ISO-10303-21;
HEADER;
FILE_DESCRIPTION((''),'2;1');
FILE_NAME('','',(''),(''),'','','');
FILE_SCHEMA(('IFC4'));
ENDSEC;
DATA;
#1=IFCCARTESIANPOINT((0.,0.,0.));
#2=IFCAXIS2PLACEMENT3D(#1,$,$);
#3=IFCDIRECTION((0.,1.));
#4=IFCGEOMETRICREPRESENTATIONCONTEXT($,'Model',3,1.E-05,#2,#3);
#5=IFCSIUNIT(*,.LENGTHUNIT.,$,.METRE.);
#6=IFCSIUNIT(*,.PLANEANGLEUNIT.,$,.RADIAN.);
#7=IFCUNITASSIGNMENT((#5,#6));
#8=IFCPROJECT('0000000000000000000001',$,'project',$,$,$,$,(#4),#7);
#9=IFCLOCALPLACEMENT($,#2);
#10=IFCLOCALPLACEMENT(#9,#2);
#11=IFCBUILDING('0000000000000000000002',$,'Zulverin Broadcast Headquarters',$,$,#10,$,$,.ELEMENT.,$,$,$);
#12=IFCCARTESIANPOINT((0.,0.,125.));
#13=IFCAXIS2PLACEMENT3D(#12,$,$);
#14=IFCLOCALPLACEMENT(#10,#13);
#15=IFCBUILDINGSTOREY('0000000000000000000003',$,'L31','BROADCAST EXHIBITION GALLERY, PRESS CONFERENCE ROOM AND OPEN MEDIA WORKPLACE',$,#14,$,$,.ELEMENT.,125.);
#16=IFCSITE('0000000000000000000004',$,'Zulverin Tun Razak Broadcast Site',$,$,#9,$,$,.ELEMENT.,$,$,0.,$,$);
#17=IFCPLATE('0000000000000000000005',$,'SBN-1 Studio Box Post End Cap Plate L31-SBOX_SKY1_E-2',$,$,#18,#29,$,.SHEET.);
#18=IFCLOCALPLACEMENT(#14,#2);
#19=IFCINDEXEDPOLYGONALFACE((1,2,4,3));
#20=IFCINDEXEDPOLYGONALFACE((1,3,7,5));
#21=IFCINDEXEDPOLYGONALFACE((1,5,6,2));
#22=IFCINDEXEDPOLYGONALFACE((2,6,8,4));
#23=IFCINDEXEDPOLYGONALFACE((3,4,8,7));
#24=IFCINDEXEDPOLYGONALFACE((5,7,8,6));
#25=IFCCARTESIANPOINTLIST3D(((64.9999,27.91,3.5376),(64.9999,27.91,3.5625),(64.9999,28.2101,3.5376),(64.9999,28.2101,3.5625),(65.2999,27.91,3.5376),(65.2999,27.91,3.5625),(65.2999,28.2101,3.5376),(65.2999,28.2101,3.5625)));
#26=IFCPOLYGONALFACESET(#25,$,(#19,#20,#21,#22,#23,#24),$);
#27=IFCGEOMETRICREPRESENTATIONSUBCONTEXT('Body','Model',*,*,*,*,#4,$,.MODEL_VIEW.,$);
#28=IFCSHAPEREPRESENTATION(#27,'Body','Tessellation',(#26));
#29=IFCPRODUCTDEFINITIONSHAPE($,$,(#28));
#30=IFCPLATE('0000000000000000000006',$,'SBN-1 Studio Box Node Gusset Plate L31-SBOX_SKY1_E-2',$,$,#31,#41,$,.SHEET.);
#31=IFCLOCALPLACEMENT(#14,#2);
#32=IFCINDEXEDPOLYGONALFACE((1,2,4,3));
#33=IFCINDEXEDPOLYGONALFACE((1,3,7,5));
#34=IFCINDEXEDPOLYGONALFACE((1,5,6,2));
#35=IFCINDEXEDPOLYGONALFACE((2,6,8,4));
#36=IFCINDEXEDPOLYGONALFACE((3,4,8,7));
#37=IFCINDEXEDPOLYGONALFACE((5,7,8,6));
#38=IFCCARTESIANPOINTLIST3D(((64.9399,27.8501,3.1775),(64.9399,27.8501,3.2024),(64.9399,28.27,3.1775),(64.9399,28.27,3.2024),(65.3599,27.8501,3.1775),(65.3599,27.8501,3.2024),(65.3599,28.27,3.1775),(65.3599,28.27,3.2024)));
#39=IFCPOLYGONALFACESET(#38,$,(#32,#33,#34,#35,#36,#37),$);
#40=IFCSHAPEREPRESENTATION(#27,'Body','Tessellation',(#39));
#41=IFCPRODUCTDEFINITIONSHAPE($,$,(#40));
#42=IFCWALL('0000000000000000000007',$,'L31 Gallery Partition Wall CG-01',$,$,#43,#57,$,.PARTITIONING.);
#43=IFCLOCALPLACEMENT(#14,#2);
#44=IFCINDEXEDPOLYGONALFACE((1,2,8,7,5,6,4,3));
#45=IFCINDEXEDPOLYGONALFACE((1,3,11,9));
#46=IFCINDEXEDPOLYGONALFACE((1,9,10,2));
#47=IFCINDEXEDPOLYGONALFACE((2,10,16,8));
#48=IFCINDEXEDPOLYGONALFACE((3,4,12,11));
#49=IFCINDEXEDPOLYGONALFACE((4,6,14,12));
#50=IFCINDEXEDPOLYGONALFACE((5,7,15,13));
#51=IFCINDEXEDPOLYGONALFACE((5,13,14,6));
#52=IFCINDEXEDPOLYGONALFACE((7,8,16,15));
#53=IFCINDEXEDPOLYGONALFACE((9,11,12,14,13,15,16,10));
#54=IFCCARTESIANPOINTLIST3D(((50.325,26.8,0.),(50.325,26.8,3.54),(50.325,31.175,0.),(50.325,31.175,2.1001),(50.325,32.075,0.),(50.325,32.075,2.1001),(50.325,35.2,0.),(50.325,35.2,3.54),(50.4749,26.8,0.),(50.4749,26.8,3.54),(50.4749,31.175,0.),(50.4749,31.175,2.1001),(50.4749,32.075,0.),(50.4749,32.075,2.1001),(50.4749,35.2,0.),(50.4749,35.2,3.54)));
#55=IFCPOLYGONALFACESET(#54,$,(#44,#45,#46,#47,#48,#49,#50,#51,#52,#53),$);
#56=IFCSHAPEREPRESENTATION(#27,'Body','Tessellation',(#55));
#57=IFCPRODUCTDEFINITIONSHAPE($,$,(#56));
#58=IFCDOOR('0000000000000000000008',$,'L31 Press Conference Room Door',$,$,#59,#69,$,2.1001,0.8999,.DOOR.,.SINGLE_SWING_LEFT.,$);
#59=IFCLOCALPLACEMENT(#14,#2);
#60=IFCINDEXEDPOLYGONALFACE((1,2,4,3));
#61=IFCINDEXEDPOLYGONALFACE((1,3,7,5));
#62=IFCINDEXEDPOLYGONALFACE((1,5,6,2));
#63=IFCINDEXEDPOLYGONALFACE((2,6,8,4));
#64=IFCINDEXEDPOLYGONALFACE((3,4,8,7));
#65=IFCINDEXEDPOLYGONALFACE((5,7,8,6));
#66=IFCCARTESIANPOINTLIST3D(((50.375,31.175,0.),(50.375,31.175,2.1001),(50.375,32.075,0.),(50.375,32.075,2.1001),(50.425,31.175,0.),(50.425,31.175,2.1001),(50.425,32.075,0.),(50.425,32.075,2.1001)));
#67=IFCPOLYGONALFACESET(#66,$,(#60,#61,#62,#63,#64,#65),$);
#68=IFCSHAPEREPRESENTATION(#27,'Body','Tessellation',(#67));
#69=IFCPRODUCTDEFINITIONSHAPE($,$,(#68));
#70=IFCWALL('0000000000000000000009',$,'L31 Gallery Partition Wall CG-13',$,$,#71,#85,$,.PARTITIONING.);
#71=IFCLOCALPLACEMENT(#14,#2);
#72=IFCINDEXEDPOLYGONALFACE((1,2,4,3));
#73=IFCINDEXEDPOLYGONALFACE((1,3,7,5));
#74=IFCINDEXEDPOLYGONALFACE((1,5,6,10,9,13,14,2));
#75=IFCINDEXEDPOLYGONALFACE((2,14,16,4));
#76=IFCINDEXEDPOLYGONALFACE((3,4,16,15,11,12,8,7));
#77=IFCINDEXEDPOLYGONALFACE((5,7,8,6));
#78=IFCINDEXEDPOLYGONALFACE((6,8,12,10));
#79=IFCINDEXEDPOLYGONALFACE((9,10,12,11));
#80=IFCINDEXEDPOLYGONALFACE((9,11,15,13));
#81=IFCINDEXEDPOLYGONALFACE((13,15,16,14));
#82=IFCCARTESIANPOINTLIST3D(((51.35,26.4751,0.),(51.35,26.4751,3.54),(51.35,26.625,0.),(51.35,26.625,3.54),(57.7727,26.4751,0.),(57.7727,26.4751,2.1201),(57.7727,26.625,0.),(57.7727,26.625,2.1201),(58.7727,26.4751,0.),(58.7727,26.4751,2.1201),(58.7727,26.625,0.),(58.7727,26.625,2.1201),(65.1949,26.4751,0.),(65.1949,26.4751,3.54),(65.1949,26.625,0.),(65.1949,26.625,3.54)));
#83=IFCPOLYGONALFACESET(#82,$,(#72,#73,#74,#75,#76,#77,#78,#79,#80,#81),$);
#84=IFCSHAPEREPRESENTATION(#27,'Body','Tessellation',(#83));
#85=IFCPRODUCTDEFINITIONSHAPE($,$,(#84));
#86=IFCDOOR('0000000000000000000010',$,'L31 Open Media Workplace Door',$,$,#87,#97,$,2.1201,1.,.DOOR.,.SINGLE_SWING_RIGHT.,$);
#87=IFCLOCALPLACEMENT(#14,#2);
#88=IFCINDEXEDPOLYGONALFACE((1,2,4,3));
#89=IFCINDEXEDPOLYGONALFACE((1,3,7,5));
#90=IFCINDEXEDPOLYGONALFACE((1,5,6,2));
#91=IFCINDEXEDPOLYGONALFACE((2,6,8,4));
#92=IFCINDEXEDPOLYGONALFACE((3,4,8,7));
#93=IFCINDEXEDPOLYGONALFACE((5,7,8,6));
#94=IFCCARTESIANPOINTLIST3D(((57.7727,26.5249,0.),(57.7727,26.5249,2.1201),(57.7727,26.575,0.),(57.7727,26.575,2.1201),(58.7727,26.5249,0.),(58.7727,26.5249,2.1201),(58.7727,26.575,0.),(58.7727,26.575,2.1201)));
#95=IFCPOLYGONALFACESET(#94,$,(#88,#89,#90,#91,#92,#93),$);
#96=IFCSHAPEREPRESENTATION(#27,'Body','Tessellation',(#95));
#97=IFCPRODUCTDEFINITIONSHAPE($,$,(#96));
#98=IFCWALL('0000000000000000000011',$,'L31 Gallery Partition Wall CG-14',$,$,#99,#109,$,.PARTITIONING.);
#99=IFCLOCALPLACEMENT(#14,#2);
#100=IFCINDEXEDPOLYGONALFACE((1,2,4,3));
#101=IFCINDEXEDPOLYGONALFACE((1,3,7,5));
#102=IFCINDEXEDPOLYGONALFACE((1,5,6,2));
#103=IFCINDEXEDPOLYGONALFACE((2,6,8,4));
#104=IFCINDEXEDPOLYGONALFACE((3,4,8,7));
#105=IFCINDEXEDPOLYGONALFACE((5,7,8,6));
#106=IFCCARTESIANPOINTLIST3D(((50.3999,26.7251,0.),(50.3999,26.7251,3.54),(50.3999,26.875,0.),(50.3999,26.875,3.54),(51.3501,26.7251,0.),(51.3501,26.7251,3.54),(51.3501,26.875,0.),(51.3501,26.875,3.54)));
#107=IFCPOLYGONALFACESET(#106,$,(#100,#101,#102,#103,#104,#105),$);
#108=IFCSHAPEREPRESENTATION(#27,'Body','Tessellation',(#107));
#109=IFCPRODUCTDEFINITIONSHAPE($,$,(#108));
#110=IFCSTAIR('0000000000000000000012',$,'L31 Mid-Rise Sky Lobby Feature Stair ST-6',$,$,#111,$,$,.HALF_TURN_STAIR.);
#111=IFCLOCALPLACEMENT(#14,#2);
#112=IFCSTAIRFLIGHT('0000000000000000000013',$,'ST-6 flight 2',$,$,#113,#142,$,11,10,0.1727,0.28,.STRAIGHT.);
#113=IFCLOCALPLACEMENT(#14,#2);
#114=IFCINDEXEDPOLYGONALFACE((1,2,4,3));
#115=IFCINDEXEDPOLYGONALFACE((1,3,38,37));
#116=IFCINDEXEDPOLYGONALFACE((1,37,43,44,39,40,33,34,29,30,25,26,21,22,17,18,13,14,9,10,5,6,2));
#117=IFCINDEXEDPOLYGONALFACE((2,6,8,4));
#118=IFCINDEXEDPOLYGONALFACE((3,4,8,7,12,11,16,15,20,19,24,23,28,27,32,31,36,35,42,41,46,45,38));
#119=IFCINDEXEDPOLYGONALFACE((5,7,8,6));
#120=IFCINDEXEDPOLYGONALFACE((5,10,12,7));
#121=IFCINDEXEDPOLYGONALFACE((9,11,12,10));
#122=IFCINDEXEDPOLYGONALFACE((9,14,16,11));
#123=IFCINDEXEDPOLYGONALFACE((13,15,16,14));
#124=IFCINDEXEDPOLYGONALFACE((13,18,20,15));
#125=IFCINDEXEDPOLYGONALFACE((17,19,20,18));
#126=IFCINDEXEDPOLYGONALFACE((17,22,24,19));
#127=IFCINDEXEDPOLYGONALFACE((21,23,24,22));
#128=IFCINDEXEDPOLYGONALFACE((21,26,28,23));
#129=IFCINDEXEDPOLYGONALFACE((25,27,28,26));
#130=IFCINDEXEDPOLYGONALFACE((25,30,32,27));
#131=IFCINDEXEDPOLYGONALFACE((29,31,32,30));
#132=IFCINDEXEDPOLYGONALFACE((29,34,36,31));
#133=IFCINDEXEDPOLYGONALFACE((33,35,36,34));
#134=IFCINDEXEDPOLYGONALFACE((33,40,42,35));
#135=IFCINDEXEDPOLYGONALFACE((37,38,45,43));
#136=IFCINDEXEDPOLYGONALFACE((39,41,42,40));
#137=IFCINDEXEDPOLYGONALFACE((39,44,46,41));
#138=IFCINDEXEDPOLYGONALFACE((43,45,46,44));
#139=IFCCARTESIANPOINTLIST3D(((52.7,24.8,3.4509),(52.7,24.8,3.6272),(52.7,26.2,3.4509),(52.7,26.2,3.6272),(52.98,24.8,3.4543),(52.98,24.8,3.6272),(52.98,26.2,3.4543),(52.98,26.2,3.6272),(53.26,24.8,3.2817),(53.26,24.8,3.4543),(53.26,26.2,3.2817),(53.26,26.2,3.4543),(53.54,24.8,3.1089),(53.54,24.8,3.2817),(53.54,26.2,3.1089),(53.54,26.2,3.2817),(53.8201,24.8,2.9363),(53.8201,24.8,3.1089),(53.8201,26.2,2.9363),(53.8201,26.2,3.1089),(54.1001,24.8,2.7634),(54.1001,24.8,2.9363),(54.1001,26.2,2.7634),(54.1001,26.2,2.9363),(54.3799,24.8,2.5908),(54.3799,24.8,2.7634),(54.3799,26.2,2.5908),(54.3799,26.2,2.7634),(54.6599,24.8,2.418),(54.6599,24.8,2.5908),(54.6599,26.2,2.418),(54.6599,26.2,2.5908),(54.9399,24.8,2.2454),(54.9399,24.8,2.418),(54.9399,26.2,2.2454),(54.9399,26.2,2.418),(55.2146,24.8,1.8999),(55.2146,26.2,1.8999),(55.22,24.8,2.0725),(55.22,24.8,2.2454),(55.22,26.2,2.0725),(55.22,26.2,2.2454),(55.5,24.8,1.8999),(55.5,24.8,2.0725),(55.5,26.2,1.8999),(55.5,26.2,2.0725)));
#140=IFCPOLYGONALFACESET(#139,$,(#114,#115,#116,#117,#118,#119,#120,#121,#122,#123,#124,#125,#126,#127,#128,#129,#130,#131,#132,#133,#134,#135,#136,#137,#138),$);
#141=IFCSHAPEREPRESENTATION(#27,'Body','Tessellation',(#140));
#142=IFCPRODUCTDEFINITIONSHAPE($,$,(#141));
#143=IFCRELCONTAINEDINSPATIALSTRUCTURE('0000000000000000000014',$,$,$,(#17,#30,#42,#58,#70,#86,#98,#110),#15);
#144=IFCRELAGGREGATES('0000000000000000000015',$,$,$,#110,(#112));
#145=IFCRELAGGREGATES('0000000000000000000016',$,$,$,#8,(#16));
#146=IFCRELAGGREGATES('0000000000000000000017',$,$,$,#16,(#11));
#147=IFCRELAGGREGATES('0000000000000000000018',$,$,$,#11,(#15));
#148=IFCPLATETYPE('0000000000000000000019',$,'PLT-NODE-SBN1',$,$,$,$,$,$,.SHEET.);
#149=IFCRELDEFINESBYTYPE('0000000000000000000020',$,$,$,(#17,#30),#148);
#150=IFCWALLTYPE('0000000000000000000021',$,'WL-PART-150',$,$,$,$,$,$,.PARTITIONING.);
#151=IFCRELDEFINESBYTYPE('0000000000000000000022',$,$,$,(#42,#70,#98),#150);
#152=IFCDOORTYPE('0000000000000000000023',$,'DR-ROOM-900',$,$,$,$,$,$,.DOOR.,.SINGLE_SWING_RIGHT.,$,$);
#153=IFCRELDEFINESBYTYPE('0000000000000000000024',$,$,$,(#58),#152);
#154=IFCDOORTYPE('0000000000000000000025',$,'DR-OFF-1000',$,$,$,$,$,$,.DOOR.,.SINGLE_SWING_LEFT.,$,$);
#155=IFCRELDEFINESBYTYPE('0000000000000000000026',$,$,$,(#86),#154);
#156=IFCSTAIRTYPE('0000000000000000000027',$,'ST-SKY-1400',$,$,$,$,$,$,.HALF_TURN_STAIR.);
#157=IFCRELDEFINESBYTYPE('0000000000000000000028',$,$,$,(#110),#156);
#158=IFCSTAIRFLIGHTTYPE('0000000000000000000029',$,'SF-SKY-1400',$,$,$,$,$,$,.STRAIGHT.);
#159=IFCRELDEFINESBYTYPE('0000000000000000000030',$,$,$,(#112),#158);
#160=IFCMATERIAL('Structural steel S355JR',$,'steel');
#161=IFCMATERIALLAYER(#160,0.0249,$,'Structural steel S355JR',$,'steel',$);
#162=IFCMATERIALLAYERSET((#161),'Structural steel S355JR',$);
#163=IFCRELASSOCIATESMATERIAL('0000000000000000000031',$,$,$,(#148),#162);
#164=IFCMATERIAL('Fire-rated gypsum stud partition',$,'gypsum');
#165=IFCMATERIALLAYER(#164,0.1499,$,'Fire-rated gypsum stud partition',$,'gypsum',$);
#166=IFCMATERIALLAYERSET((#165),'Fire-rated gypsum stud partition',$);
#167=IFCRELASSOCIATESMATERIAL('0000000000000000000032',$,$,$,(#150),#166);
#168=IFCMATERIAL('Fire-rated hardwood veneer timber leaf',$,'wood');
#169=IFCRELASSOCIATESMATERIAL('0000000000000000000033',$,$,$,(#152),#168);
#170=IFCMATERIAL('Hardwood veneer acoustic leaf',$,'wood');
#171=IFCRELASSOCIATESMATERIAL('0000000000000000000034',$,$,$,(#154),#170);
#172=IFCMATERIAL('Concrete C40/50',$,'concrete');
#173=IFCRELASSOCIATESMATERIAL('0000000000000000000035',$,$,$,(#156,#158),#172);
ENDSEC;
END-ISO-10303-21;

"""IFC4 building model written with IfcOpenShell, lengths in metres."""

from ifc_helpers import new_model, si_unit, direction, frame, frame_2d, origin, origin_2d, place, context, subcontext, project, spatial, polyline, rectangle, outline, extrude, material, layer, layer_set, type_object, element, fill, aggregate, save


model = new_model("IFC4")

# Units and contexts
model_context = context("Model", 3, precision=1e-05, world=origin(), true_north=direction((0.0, 1.0)))
body_context = subcontext(model_context, "Body", "Model", "MODEL_VIEW")
ifc_project = project(units=[si_unit("LENGTHUNIT", "METRE"), si_unit("PLANEANGLEUNIT", "RADIAN")], contexts=[model_context])

# Site, building, storey
site_placement = place(None, origin())
site = spatial("IfcSite", under=ifc_project, at=site_placement, Name="Zulverin Tun Razak Broadcast Site", CompositionType="ELEMENT", RefElevation=0.0)
building_placement = place(site_placement, origin())
building = spatial("IfcBuilding", under=site, at=building_placement, Name="Zulverin Broadcast Headquarters", CompositionType="ELEMENT")
storey_placement = place(building_placement, frame((0.0, 0.0, 125.0)))
storey = spatial("IfcBuildingStorey", under=building, at=storey_placement, Name="L31", Description="BROADCAST EXHIBITION GALLERY, PRESS CONFERENCE ROOM AND OPEN MEDIA WORKPLACE", CompositionType="ELEMENT", Elevation=125.0)

# Shared definitions
ifc_material_1 = material(Name="Structural steel S355JR", Category="steel")

# Plates
ifc_layer_1 = layer(ifc_material_1, 0.0249, Name="Structural steel S355JR", Category="steel")
ifc_layer_set_1 = layer_set([ifc_layer_1], Name="Structural steel S355JR")
plate_type_1 = type_object("IfcPlateType", Name="PLT-NODE-SBN1", PredefinedType="SHEET", material=ifc_layer_set_1)
plate_1_placement = place(storey_placement, frame((65.1499, 28.0601, 3.5376), z_axis=(0.0, 0.0, 1.0), x_axis=(1.0, 0.0, 0.0)))
element("IfcPlate", 1, at=plate_1_placement, inside=storey, type_object=plate_type_1, Name="SBN-1 Studio Box Post End Cap Plate L31-SBOX_SKY1_E-2", PredefinedType="SHEET", context=body_context, shape_type="SweptSolid", body=[
    extrude(rectangle(XDim=0.3, YDim=0.3, at=origin_2d()), origin(), (0.0, 0.0, 1.0), 0.0249),
])
plate_2_placement = place(storey_placement, frame((65.1499, 28.0601, 3.1775), z_axis=(0.0, 0.0, 1.0), x_axis=(1.0, 0.0, 0.0)))
element("IfcPlate", 2, at=plate_2_placement, inside=storey, type_object=plate_type_1, Name="SBN-1 Studio Box Node Gusset Plate L31-SBOX_SKY1_E-2", PredefinedType="SHEET", context=body_context, shape_type="SweptSolid", body=[
    extrude(rectangle(XDim=0.4199, YDim=0.4199, at=origin_2d()), origin(), (0.0, 0.0, 1.0), 0.0249),
])

# Walls, openings, doors
ifc_material_2 = material(Name="Fire-rated gypsum stud partition", Category="gypsum")
ifc_layer_2 = layer(ifc_material_2, 0.1499, Name="Fire-rated gypsum stud partition", Category="gypsum")
ifc_layer_set_2 = layer_set([ifc_layer_2], Name="Fire-rated gypsum stud partition")
wall_type = type_object("IfcWallType", Name="WL-PART-150", PredefinedType="PARTITIONING", material=ifc_layer_set_2)
wall_1_placement = place(storey_placement, frame((50.3999, 26.8, 0.0), z_axis=(0.0, 0.0, 1.0), x_axis=(0.0, 1.0, 0.0)))
wall_1 = element("IfcWall", 3, at=wall_1_placement, inside=storey, type_object=wall_type, Name="L31 Gallery Partition Wall CG-01", PredefinedType="PARTITIONING", context=body_context, shape_type="SweptSolid", body=[
    extrude(rectangle(XDim=8.3999, YDim=0.1499, at=frame_2d((4.2, 0.0))), origin(), (0.0, 0.0, 1.0), 3.54),
])
opening_1_placement = place(wall_1_placement, frame((4.375, 0.0, 0.0)))
opening_1 = element("IfcOpeningElement", 4, at=opening_1_placement, cuts=wall_1, PredefinedType="OPENING", context=body_context, shape_type="SweptSolid", body=[
    extrude(rectangle(XDim=0.8999, YDim=2.1001, at=frame_2d((0.45, 1.05))), frame((0.0, 0.085, 0.0), z_axis=(0.0, -1.0, 0.0), x_axis=(1.0, 0.0, 0.0)), (0.0, 0.0, 1.0), 0.1699),
])
ifc_material_3 = material(Name="Fire-rated hardwood veneer timber leaf", Category="wood")
door_type_1 = type_object("IfcDoorType", Name="DR-ROOM-900", OperationType="SINGLE_SWING_RIGHT", PredefinedType="DOOR", material=ifc_material_3)
door_1_placement = place(opening_1_placement, origin())
door_1 = element("IfcDoor", 5, at=door_1_placement, inside=storey, type_object=door_type_1, Name="L31 Press Conference Room Door", OperationType="SINGLE_SWING_LEFT", OverallHeight=2.1001, OverallWidth=0.8999, PredefinedType="DOOR", context=body_context, shape_type="SweptSolid", body=[
    extrude(rectangle(XDim=0.8999, YDim=2.1001, at=frame_2d((0.45, 1.05))), frame((0.0, 0.0249, 0.0), z_axis=(0.0, -1.0, 0.0), x_axis=(1.0, 0.0, 0.0)), (0.0, 0.0, 1.0), 0.05),
])
fill(opening_1, door_1)
wall_2_placement = place(storey_placement, frame((51.3501, 26.55, 0.0), z_axis=(0.0, 0.0, 1.0), x_axis=(1.0, 0.0, 0.0)))
wall_2 = element("IfcWall", 6, at=wall_2_placement, inside=storey, type_object=wall_type, Name="L31 Gallery Partition Wall CG-13", PredefinedType="PARTITIONING", context=body_context, shape_type="SweptSolid", body=[
    extrude(rectangle(XDim=13.845, YDim=0.1499, at=frame_2d((6.9224, 0.0))), origin(), (0.0, 0.0, 1.0), 3.54),
])
opening_2_placement = place(wall_2_placement, frame((6.4226, 0.0, 0.0)))
opening_2 = element("IfcOpeningElement", 7, at=opening_2_placement, cuts=wall_2, PredefinedType="OPENING", context=body_context, shape_type="SweptSolid", body=[
    extrude(rectangle(XDim=1.0, YDim=2.1201, at=frame_2d((0.5, 1.0601))), frame((0.0, 0.085, 0.0), z_axis=(0.0, -1.0, 0.0), x_axis=(1.0, 0.0, 0.0)), (0.0, 0.0, 1.0), 0.1699),
])
ifc_material_4 = material(Name="Hardwood veneer acoustic leaf", Category="wood")
door_type_2 = type_object("IfcDoorType", Name="DR-OFF-1000", OperationType="SINGLE_SWING_LEFT", PredefinedType="DOOR", material=ifc_material_4)
door_2_placement = place(opening_2_placement, origin())
door_2 = element("IfcDoor", 8, at=door_2_placement, inside=storey, type_object=door_type_2, Name="L31 Open Media Workplace Door", OperationType="SINGLE_SWING_RIGHT", OverallHeight=2.1201, OverallWidth=1.0, PredefinedType="DOOR", context=body_context, shape_type="SweptSolid", body=[
    extrude(rectangle(XDim=1.0, YDim=2.1201, at=frame_2d((0.5, 1.0601))), frame((0.0, 0.0249, 0.0), z_axis=(0.0, -1.0, 0.0), x_axis=(1.0, 0.0, 0.0)), (0.0, 0.0, 1.0), 0.05),
])
fill(opening_2, door_2)

# Wall
wall_3_placement = place(storey_placement, frame((50.3999, 26.8, 0.0), z_axis=(0.0, 0.0, 1.0), x_axis=(1.0, 0.0, 0.0)))
element("IfcWall", 9, at=wall_3_placement, inside=storey, type_object=wall_type, Name="L31 Gallery Partition Wall CG-14", PredefinedType="PARTITIONING", context=body_context, shape_type="SweptSolid", body=[
    extrude(rectangle(XDim=0.9502, YDim=0.1499, at=frame_2d((0.4751, 0.0))), origin(), (0.0, 0.0, 1.0), 3.54),
])

# Stair, stair flight
ifc_material_5 = material(Name="Concrete C40/50", Category="concrete")
stair_type = type_object("IfcStairType", Name="ST-SKY-1400", PredefinedType="HALF_TURN_STAIR", material=ifc_material_5)
stair_placement = place(storey_placement, origin())
stair = element("IfcStair", 10, at=stair_placement, inside=storey, type_object=stair_type, Name="L31 Mid-Rise Sky Lobby Feature Stair ST-6", PredefinedType="HALF_TURN_STAIR")
stair_flight_type = type_object("IfcStairFlightType", Name="SF-SKY-1400", PredefinedType="STRAIGHT", material=ifc_material_5)
stair_flight_placement = place(storey_placement, frame((55.5, 25.5, 1.8999), z_axis=(0.0, 0.0, 1.0), x_axis=(-1.0, 0.0, 0.0)))
stair_flight = element("IfcStairFlight", 11, at=stair_flight_placement, type_object=stair_flight_type, Name="ST-6 flight 2", NumberOfRisers=11, NumberOfTreads=10, PredefinedType="STRAIGHT", RiserHeight=0.1727, TreadLength=0.28, context=body_context, shape_type="SweptSolid", body=[
    extrude(outline(polyline([(0.0, 0.0), (0.0, 0.1726), (0.28, 0.1726), (0.28, 0.3455), (0.5601, 0.3455), (0.5601, 0.5181), (0.8401, 0.5181), (0.8401, 0.6909), (1.1201, 0.6909), (1.1201, 0.8635), (1.3999, 0.8635), (1.3999, 1.0364), (1.6799, 1.0364), (1.6799, 1.209), (1.96, 1.209), (1.96, 1.3818), (2.24, 1.3818), (2.24, 1.5544), (2.52, 1.5544), (2.52, 1.7273), (2.8, 1.7273), (2.8, 1.8999), (2.8, 1.551), (0.2854, 0.0), (0.0, 0.0)])), frame((0.0, 0.7, 0.0), z_axis=(0.0, -1.0, 0.0), x_axis=(1.0, 0.0, 0.0)), (0.0, 0.0, 1.0), 1.3999),
])
aggregate(stair, [stair_flight])

save(model, "model.ifc")
